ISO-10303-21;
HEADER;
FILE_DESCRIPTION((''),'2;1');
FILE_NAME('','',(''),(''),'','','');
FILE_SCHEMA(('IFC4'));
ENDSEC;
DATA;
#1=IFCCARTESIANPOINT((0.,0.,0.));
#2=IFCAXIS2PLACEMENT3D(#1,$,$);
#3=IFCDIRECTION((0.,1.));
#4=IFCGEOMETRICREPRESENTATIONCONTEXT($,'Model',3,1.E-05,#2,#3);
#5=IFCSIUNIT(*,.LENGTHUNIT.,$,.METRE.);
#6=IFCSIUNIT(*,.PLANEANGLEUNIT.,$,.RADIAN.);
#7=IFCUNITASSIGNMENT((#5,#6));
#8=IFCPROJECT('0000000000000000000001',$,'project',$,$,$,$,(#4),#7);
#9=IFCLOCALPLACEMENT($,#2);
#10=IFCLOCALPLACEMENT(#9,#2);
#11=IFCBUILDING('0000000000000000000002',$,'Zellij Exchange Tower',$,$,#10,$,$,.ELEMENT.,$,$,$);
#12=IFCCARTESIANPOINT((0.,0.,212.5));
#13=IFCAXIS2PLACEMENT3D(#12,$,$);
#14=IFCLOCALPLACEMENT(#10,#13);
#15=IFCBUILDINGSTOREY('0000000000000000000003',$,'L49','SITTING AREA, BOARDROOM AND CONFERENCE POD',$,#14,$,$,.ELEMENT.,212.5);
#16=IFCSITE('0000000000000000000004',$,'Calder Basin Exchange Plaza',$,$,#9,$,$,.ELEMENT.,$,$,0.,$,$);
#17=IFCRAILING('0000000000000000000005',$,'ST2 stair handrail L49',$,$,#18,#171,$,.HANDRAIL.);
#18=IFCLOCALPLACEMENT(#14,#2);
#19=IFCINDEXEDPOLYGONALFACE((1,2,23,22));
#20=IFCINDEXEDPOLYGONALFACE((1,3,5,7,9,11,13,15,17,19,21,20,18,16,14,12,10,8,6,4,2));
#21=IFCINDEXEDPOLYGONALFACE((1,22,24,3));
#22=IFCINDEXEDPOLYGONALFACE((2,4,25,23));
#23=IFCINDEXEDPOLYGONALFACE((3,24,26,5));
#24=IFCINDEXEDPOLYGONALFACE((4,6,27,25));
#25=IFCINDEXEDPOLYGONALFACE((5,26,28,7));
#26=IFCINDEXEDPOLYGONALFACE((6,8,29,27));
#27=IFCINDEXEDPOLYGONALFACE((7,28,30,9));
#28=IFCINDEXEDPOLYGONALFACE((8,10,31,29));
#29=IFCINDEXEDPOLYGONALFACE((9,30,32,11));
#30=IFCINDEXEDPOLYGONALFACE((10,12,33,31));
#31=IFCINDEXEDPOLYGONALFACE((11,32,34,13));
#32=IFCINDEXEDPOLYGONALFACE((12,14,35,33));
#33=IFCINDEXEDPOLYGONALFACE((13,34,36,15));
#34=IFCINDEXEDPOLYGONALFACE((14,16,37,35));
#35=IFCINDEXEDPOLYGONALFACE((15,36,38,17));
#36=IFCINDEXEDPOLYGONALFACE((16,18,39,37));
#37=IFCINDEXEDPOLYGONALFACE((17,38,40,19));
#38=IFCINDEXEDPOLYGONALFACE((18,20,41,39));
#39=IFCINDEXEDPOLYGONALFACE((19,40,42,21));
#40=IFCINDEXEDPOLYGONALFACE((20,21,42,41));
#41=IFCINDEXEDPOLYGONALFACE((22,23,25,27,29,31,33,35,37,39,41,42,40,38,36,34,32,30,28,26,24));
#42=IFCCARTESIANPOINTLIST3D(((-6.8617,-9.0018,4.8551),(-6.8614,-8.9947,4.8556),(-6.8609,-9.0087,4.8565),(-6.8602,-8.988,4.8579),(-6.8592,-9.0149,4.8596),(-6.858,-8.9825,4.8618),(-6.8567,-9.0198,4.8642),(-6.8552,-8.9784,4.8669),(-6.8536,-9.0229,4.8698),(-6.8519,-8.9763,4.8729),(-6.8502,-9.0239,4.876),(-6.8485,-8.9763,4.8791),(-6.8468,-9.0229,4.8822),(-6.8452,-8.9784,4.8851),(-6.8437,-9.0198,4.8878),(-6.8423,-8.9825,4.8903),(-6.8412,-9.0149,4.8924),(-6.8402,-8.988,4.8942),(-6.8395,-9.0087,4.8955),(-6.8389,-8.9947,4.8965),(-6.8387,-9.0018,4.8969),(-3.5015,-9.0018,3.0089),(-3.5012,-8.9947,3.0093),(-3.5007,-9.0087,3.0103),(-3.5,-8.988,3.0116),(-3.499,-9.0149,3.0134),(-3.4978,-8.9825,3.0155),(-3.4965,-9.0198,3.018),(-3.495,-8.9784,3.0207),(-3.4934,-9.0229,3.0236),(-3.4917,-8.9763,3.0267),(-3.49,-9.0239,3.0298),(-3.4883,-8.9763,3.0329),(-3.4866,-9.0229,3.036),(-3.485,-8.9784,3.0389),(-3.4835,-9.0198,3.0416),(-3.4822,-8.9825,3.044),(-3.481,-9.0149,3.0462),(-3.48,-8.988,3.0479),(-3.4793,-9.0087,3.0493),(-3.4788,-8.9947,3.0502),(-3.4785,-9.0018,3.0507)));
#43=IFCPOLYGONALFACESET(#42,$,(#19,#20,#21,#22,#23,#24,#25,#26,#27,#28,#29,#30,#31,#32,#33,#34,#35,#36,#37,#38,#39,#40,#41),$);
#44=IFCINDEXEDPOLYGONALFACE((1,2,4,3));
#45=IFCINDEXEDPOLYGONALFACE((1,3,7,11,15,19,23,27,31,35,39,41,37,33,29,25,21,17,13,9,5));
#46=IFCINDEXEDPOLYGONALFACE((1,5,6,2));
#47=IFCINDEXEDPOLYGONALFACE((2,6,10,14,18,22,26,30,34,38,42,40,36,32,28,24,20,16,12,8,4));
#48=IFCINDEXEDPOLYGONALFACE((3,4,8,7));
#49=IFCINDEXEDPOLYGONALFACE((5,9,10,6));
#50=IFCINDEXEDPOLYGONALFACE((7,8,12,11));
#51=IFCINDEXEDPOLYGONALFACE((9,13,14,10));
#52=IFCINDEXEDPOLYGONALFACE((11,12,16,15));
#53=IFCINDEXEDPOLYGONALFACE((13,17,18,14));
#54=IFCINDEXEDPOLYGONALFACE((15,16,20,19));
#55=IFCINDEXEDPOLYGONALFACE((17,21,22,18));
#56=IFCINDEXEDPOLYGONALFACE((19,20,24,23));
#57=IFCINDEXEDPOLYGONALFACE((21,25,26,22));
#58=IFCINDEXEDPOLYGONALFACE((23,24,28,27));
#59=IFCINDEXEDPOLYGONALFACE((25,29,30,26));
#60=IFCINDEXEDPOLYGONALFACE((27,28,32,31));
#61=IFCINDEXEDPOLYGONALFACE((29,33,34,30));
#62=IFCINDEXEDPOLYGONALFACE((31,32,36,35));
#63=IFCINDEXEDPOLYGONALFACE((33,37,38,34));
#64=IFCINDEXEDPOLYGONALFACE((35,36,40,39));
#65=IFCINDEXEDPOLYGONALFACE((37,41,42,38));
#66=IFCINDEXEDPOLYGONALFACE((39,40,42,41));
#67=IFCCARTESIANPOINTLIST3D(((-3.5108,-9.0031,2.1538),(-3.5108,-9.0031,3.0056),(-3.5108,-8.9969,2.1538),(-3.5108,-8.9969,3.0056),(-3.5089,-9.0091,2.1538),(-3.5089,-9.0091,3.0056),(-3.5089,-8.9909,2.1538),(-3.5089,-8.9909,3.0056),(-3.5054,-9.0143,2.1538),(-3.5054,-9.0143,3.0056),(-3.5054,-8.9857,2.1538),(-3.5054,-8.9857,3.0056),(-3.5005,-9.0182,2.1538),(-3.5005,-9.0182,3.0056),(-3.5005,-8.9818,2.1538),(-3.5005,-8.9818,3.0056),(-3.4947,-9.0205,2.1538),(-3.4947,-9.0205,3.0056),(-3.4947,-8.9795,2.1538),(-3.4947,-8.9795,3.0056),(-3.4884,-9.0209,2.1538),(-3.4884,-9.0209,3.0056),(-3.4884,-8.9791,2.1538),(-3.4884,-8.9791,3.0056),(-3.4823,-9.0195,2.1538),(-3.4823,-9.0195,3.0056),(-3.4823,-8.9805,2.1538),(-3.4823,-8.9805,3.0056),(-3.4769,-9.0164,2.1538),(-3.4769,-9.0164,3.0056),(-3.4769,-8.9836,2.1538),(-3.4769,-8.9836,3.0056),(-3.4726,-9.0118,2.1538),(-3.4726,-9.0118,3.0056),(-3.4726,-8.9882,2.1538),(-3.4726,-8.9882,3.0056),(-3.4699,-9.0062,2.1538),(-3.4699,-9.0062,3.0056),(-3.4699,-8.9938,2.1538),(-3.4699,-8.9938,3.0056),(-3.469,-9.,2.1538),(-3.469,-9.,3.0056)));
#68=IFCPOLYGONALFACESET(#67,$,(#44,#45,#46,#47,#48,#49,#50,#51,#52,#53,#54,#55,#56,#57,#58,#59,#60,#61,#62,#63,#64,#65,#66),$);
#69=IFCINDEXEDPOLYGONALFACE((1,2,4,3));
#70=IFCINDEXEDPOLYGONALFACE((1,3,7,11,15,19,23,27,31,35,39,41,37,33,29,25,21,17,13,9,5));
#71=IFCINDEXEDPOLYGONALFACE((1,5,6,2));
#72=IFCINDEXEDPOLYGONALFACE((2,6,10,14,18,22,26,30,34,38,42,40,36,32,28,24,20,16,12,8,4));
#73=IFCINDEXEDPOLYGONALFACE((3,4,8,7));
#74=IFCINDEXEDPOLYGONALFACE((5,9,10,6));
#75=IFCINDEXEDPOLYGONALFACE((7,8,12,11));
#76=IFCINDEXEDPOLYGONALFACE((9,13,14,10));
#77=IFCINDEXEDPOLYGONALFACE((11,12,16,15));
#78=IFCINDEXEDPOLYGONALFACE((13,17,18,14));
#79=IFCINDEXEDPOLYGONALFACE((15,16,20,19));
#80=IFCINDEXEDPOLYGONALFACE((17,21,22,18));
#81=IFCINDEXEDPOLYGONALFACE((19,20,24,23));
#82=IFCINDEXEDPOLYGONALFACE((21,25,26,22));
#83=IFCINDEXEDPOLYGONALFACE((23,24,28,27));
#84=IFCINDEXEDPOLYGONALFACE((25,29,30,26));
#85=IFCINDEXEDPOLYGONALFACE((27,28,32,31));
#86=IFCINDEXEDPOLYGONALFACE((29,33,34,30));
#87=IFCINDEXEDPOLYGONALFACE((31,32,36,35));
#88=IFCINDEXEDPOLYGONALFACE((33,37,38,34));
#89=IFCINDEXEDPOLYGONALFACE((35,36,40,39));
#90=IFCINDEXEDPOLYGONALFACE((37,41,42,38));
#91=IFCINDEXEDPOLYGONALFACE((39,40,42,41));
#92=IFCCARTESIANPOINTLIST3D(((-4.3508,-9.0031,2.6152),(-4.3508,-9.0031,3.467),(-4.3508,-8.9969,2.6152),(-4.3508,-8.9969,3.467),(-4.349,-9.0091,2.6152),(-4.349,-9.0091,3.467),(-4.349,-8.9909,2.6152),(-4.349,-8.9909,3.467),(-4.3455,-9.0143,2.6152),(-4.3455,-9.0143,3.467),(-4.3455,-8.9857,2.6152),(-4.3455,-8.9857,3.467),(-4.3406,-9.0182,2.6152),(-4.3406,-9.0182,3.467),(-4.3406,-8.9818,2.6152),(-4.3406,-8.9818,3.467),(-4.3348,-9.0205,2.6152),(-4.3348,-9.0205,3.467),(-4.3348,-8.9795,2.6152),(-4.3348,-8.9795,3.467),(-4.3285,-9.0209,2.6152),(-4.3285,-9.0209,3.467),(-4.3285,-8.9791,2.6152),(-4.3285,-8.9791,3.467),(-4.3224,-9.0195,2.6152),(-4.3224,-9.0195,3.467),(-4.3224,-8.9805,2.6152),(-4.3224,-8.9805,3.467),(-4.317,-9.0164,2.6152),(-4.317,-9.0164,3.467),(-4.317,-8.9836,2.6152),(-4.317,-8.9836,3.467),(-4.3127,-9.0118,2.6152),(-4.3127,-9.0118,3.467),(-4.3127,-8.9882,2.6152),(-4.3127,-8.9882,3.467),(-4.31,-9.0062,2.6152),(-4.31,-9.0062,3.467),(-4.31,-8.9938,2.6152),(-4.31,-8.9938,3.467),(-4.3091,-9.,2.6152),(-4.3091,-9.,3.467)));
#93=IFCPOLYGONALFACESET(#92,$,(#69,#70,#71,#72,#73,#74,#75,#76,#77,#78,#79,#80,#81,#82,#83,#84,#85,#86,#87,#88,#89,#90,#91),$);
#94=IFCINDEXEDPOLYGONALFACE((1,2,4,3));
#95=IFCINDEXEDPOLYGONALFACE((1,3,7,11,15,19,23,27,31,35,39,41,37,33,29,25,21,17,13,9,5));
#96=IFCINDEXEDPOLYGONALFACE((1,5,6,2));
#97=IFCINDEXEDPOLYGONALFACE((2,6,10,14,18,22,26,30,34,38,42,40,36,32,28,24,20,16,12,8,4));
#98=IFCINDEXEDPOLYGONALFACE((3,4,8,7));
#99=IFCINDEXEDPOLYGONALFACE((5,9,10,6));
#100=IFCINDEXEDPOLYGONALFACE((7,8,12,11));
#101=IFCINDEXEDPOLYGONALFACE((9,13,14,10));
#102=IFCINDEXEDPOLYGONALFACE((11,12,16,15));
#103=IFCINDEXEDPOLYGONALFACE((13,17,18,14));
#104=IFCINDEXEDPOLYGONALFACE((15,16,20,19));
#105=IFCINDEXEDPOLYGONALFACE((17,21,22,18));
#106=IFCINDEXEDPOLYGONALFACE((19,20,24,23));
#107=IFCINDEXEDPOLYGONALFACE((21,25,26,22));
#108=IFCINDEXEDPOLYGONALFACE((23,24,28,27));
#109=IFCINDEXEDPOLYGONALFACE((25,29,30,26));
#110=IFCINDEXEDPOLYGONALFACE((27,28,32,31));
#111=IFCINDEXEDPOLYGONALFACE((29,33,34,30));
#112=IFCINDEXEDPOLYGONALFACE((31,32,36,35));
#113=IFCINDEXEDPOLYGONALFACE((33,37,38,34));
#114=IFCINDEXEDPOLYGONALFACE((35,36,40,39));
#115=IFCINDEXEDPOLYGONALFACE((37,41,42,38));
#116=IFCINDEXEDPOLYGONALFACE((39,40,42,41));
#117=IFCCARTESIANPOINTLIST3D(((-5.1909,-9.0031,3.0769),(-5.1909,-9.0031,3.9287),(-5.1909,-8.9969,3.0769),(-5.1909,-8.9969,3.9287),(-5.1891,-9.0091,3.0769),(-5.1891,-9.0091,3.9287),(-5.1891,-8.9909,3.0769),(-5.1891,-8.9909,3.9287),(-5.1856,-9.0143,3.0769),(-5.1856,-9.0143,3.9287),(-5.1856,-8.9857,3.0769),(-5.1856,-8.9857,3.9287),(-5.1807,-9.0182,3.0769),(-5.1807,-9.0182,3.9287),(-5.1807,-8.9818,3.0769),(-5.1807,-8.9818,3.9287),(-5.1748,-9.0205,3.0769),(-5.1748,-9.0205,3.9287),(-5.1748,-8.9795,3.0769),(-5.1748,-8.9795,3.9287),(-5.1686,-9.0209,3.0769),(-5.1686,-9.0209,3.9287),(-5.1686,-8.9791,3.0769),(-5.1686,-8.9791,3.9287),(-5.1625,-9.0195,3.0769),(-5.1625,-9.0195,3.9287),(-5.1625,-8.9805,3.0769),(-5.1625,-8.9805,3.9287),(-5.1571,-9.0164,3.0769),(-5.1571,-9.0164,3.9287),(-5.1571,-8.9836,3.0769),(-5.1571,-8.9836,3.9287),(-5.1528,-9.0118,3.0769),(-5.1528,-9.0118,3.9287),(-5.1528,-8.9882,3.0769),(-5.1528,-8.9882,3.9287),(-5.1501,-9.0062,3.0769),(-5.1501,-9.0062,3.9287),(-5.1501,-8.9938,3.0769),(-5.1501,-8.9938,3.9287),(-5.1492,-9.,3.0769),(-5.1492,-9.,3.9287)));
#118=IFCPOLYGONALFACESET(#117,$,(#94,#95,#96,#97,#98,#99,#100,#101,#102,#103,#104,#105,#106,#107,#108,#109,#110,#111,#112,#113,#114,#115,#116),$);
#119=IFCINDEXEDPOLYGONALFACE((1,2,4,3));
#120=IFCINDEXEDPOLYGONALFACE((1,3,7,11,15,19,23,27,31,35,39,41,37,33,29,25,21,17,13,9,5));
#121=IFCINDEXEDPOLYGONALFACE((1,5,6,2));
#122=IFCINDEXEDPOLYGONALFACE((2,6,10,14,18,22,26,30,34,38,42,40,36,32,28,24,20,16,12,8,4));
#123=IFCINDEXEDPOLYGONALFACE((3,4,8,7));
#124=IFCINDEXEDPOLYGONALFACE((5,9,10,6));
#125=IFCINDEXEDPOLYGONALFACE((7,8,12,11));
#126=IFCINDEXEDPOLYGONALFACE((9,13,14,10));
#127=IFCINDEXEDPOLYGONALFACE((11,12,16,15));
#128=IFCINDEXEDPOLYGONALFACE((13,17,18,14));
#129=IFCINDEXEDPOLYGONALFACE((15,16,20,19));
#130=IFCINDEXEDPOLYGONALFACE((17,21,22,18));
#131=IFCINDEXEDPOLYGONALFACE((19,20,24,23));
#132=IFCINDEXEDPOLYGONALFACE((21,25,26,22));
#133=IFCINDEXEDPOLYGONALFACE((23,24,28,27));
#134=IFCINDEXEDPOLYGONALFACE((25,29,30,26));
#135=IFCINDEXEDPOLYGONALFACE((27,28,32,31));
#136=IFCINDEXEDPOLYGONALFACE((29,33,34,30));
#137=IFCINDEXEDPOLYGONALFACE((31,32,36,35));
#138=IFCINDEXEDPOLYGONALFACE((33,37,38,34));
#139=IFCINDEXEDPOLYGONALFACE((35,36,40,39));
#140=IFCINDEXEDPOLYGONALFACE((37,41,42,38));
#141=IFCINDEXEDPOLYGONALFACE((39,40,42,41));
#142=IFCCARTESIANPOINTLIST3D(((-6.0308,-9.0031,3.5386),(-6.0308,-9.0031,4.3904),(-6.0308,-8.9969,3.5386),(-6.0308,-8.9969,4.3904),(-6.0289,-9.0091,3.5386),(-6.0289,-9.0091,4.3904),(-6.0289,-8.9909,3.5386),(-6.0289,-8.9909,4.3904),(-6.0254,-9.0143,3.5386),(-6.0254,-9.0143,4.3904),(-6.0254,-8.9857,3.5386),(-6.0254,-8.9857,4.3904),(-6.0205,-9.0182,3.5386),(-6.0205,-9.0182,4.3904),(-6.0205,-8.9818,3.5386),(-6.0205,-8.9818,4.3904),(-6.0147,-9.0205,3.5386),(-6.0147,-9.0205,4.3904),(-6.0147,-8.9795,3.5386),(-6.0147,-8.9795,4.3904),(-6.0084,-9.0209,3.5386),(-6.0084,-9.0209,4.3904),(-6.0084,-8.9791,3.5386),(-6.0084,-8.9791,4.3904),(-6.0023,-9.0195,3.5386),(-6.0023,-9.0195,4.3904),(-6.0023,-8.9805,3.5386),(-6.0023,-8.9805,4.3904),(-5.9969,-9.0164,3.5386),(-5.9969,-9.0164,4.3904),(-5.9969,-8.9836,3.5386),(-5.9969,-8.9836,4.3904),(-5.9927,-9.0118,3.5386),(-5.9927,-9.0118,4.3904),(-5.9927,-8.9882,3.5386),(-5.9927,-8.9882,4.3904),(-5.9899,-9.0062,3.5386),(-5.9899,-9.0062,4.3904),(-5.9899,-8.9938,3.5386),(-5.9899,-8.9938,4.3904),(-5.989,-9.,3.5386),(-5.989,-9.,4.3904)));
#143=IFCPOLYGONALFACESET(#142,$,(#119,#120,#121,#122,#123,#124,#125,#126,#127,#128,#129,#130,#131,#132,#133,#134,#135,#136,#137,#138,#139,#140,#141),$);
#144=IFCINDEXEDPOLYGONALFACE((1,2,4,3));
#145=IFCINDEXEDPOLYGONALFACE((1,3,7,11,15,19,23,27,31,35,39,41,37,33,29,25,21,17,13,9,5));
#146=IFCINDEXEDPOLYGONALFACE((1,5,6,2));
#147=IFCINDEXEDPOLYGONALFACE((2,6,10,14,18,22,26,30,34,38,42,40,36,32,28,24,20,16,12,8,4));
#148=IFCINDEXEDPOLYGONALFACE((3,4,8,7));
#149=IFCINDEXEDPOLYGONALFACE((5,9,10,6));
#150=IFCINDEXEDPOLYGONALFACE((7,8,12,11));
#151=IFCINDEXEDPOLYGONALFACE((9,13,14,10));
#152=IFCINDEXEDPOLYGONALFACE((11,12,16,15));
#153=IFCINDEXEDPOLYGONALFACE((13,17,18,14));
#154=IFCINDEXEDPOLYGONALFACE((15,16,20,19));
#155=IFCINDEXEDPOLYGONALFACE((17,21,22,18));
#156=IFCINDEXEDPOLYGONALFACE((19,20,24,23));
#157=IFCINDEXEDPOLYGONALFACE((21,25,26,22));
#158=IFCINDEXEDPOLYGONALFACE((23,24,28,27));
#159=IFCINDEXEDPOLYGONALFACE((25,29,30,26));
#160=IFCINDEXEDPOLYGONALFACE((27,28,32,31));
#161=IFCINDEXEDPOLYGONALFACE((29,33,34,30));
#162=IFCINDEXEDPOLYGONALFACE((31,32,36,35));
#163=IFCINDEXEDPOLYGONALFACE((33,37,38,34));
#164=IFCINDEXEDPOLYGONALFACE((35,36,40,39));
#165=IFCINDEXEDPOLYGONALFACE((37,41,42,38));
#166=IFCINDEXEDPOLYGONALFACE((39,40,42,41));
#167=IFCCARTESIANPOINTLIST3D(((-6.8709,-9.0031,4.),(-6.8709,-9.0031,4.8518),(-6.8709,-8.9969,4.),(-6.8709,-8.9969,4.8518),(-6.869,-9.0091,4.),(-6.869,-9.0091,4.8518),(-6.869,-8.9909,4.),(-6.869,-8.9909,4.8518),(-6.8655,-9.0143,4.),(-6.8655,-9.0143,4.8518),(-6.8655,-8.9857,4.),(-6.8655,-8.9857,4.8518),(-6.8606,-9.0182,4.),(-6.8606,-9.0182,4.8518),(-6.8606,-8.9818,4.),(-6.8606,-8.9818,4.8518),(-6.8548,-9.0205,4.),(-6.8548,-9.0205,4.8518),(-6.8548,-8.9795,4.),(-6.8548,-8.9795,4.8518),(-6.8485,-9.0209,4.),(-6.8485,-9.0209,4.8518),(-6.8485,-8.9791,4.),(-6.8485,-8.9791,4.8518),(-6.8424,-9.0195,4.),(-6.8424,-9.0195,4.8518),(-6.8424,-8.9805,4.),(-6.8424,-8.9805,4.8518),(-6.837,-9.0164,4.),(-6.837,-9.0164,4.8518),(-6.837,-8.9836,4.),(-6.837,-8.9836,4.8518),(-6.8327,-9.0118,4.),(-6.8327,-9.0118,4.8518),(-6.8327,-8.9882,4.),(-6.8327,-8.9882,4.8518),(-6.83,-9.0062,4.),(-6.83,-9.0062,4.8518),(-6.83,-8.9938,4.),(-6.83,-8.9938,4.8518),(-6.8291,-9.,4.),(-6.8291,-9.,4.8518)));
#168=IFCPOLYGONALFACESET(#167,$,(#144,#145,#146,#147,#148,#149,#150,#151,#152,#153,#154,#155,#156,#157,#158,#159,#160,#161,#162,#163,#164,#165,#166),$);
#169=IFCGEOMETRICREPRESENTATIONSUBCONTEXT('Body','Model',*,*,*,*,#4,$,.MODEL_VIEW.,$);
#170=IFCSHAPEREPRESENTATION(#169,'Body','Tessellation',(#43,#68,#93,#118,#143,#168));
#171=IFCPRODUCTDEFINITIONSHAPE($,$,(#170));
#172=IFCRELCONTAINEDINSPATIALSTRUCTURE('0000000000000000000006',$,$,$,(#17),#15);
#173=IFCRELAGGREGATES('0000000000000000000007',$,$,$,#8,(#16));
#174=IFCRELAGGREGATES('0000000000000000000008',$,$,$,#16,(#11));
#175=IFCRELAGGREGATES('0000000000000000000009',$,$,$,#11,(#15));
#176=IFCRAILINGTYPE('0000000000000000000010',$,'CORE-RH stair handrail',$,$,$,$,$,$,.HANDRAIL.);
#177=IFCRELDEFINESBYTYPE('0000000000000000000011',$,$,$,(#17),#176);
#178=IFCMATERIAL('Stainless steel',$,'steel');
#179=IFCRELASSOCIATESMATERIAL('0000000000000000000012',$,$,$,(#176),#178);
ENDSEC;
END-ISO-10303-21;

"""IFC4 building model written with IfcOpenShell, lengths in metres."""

from ifc_helpers import new_model, si_unit, direction, frame, origin, origin_2d, place, context, subcontext, project, spatial, circle, extrude, material, type_object, element, save


model = new_model("IFC4")

# Units and contexts
model_context = context("Model", 3, precision=1e-05, world=origin(), true_north=direction((0.0, 1.0)))
body_context = subcontext(model_context, "Body", "Model", "MODEL_VIEW")
ifc_project = project(units=[si_unit("LENGTHUNIT", "METRE"), si_unit("PLANEANGLEUNIT", "RADIAN")], contexts=[model_context])

# Site, building, storey
site_placement = place(None, origin())
site = spatial("IfcSite", under=ifc_project, at=site_placement, Name="Calder Basin Exchange Plaza", CompositionType="ELEMENT", RefElevation=0.0)
building_placement = place(site_placement, origin())
building = spatial("IfcBuilding", under=site, at=building_placement, Name="Zellij Exchange Tower", CompositionType="ELEMENT")
storey_placement = place(building_placement, frame((0.0, 0.0, 212.5)))
storey = spatial("IfcBuildingStorey", under=building, at=storey_placement, Name="L49", Description="SITTING AREA, BOARDROOM AND CONFERENCE POD", CompositionType="ELEMENT", Elevation=212.5)

# Railing
ifc_material_1 = material(Name="Stainless steel", Category="steel")
railing_type_1 = type_object("IfcRailingType", Name="CORE-RH stair handrail", PredefinedType="HANDRAIL", material=ifc_material_1)
railing_1_placement = place(storey_placement, frame((-3.49, -9.0, 2.1538)))
element("IfcRailing", 1, at=railing_1_placement, inside=storey, type_object=railing_type_1, Name="ST2 stair handrail L49", PredefinedType="HANDRAIL", context=body_context, shape_type="SweptSolid", body=[
    extrude(circle(Radius=0.0239, at=origin_2d()), frame((0.0, 0.0, 0.876), z_axis=(-0.876422, 0.0, 0.481545), x_axis=(0.0, -1.0, 0.0)), (0.0, 0.0, 1.0), 3.834),
    extrude(circle(Radius=0.021, at=origin_2d()), origin(), (0.0, 0.0, 1.0), 0.8518),
    extrude(circle(Radius=0.021, at=origin_2d()), frame((-0.8401, 0.0, 0.4614)), (0.0, 0.0, 1.0), 0.8518),
    extrude(circle(Radius=0.021, at=origin_2d()), frame((-1.6802, 0.0, 0.9231)), (0.0, 0.0, 1.0), 0.8518),
    extrude(circle(Radius=0.021, at=origin_2d()), frame((-2.52, 0.0, 1.3848)), (0.0, 0.0, 1.0), 0.8518),
    extrude(circle(Radius=0.021, at=origin_2d()), frame((-3.3601, 0.0, 1.8462)), (0.0, 0.0, 1.0), 0.8518),
])

save(model, "model.ifc")
